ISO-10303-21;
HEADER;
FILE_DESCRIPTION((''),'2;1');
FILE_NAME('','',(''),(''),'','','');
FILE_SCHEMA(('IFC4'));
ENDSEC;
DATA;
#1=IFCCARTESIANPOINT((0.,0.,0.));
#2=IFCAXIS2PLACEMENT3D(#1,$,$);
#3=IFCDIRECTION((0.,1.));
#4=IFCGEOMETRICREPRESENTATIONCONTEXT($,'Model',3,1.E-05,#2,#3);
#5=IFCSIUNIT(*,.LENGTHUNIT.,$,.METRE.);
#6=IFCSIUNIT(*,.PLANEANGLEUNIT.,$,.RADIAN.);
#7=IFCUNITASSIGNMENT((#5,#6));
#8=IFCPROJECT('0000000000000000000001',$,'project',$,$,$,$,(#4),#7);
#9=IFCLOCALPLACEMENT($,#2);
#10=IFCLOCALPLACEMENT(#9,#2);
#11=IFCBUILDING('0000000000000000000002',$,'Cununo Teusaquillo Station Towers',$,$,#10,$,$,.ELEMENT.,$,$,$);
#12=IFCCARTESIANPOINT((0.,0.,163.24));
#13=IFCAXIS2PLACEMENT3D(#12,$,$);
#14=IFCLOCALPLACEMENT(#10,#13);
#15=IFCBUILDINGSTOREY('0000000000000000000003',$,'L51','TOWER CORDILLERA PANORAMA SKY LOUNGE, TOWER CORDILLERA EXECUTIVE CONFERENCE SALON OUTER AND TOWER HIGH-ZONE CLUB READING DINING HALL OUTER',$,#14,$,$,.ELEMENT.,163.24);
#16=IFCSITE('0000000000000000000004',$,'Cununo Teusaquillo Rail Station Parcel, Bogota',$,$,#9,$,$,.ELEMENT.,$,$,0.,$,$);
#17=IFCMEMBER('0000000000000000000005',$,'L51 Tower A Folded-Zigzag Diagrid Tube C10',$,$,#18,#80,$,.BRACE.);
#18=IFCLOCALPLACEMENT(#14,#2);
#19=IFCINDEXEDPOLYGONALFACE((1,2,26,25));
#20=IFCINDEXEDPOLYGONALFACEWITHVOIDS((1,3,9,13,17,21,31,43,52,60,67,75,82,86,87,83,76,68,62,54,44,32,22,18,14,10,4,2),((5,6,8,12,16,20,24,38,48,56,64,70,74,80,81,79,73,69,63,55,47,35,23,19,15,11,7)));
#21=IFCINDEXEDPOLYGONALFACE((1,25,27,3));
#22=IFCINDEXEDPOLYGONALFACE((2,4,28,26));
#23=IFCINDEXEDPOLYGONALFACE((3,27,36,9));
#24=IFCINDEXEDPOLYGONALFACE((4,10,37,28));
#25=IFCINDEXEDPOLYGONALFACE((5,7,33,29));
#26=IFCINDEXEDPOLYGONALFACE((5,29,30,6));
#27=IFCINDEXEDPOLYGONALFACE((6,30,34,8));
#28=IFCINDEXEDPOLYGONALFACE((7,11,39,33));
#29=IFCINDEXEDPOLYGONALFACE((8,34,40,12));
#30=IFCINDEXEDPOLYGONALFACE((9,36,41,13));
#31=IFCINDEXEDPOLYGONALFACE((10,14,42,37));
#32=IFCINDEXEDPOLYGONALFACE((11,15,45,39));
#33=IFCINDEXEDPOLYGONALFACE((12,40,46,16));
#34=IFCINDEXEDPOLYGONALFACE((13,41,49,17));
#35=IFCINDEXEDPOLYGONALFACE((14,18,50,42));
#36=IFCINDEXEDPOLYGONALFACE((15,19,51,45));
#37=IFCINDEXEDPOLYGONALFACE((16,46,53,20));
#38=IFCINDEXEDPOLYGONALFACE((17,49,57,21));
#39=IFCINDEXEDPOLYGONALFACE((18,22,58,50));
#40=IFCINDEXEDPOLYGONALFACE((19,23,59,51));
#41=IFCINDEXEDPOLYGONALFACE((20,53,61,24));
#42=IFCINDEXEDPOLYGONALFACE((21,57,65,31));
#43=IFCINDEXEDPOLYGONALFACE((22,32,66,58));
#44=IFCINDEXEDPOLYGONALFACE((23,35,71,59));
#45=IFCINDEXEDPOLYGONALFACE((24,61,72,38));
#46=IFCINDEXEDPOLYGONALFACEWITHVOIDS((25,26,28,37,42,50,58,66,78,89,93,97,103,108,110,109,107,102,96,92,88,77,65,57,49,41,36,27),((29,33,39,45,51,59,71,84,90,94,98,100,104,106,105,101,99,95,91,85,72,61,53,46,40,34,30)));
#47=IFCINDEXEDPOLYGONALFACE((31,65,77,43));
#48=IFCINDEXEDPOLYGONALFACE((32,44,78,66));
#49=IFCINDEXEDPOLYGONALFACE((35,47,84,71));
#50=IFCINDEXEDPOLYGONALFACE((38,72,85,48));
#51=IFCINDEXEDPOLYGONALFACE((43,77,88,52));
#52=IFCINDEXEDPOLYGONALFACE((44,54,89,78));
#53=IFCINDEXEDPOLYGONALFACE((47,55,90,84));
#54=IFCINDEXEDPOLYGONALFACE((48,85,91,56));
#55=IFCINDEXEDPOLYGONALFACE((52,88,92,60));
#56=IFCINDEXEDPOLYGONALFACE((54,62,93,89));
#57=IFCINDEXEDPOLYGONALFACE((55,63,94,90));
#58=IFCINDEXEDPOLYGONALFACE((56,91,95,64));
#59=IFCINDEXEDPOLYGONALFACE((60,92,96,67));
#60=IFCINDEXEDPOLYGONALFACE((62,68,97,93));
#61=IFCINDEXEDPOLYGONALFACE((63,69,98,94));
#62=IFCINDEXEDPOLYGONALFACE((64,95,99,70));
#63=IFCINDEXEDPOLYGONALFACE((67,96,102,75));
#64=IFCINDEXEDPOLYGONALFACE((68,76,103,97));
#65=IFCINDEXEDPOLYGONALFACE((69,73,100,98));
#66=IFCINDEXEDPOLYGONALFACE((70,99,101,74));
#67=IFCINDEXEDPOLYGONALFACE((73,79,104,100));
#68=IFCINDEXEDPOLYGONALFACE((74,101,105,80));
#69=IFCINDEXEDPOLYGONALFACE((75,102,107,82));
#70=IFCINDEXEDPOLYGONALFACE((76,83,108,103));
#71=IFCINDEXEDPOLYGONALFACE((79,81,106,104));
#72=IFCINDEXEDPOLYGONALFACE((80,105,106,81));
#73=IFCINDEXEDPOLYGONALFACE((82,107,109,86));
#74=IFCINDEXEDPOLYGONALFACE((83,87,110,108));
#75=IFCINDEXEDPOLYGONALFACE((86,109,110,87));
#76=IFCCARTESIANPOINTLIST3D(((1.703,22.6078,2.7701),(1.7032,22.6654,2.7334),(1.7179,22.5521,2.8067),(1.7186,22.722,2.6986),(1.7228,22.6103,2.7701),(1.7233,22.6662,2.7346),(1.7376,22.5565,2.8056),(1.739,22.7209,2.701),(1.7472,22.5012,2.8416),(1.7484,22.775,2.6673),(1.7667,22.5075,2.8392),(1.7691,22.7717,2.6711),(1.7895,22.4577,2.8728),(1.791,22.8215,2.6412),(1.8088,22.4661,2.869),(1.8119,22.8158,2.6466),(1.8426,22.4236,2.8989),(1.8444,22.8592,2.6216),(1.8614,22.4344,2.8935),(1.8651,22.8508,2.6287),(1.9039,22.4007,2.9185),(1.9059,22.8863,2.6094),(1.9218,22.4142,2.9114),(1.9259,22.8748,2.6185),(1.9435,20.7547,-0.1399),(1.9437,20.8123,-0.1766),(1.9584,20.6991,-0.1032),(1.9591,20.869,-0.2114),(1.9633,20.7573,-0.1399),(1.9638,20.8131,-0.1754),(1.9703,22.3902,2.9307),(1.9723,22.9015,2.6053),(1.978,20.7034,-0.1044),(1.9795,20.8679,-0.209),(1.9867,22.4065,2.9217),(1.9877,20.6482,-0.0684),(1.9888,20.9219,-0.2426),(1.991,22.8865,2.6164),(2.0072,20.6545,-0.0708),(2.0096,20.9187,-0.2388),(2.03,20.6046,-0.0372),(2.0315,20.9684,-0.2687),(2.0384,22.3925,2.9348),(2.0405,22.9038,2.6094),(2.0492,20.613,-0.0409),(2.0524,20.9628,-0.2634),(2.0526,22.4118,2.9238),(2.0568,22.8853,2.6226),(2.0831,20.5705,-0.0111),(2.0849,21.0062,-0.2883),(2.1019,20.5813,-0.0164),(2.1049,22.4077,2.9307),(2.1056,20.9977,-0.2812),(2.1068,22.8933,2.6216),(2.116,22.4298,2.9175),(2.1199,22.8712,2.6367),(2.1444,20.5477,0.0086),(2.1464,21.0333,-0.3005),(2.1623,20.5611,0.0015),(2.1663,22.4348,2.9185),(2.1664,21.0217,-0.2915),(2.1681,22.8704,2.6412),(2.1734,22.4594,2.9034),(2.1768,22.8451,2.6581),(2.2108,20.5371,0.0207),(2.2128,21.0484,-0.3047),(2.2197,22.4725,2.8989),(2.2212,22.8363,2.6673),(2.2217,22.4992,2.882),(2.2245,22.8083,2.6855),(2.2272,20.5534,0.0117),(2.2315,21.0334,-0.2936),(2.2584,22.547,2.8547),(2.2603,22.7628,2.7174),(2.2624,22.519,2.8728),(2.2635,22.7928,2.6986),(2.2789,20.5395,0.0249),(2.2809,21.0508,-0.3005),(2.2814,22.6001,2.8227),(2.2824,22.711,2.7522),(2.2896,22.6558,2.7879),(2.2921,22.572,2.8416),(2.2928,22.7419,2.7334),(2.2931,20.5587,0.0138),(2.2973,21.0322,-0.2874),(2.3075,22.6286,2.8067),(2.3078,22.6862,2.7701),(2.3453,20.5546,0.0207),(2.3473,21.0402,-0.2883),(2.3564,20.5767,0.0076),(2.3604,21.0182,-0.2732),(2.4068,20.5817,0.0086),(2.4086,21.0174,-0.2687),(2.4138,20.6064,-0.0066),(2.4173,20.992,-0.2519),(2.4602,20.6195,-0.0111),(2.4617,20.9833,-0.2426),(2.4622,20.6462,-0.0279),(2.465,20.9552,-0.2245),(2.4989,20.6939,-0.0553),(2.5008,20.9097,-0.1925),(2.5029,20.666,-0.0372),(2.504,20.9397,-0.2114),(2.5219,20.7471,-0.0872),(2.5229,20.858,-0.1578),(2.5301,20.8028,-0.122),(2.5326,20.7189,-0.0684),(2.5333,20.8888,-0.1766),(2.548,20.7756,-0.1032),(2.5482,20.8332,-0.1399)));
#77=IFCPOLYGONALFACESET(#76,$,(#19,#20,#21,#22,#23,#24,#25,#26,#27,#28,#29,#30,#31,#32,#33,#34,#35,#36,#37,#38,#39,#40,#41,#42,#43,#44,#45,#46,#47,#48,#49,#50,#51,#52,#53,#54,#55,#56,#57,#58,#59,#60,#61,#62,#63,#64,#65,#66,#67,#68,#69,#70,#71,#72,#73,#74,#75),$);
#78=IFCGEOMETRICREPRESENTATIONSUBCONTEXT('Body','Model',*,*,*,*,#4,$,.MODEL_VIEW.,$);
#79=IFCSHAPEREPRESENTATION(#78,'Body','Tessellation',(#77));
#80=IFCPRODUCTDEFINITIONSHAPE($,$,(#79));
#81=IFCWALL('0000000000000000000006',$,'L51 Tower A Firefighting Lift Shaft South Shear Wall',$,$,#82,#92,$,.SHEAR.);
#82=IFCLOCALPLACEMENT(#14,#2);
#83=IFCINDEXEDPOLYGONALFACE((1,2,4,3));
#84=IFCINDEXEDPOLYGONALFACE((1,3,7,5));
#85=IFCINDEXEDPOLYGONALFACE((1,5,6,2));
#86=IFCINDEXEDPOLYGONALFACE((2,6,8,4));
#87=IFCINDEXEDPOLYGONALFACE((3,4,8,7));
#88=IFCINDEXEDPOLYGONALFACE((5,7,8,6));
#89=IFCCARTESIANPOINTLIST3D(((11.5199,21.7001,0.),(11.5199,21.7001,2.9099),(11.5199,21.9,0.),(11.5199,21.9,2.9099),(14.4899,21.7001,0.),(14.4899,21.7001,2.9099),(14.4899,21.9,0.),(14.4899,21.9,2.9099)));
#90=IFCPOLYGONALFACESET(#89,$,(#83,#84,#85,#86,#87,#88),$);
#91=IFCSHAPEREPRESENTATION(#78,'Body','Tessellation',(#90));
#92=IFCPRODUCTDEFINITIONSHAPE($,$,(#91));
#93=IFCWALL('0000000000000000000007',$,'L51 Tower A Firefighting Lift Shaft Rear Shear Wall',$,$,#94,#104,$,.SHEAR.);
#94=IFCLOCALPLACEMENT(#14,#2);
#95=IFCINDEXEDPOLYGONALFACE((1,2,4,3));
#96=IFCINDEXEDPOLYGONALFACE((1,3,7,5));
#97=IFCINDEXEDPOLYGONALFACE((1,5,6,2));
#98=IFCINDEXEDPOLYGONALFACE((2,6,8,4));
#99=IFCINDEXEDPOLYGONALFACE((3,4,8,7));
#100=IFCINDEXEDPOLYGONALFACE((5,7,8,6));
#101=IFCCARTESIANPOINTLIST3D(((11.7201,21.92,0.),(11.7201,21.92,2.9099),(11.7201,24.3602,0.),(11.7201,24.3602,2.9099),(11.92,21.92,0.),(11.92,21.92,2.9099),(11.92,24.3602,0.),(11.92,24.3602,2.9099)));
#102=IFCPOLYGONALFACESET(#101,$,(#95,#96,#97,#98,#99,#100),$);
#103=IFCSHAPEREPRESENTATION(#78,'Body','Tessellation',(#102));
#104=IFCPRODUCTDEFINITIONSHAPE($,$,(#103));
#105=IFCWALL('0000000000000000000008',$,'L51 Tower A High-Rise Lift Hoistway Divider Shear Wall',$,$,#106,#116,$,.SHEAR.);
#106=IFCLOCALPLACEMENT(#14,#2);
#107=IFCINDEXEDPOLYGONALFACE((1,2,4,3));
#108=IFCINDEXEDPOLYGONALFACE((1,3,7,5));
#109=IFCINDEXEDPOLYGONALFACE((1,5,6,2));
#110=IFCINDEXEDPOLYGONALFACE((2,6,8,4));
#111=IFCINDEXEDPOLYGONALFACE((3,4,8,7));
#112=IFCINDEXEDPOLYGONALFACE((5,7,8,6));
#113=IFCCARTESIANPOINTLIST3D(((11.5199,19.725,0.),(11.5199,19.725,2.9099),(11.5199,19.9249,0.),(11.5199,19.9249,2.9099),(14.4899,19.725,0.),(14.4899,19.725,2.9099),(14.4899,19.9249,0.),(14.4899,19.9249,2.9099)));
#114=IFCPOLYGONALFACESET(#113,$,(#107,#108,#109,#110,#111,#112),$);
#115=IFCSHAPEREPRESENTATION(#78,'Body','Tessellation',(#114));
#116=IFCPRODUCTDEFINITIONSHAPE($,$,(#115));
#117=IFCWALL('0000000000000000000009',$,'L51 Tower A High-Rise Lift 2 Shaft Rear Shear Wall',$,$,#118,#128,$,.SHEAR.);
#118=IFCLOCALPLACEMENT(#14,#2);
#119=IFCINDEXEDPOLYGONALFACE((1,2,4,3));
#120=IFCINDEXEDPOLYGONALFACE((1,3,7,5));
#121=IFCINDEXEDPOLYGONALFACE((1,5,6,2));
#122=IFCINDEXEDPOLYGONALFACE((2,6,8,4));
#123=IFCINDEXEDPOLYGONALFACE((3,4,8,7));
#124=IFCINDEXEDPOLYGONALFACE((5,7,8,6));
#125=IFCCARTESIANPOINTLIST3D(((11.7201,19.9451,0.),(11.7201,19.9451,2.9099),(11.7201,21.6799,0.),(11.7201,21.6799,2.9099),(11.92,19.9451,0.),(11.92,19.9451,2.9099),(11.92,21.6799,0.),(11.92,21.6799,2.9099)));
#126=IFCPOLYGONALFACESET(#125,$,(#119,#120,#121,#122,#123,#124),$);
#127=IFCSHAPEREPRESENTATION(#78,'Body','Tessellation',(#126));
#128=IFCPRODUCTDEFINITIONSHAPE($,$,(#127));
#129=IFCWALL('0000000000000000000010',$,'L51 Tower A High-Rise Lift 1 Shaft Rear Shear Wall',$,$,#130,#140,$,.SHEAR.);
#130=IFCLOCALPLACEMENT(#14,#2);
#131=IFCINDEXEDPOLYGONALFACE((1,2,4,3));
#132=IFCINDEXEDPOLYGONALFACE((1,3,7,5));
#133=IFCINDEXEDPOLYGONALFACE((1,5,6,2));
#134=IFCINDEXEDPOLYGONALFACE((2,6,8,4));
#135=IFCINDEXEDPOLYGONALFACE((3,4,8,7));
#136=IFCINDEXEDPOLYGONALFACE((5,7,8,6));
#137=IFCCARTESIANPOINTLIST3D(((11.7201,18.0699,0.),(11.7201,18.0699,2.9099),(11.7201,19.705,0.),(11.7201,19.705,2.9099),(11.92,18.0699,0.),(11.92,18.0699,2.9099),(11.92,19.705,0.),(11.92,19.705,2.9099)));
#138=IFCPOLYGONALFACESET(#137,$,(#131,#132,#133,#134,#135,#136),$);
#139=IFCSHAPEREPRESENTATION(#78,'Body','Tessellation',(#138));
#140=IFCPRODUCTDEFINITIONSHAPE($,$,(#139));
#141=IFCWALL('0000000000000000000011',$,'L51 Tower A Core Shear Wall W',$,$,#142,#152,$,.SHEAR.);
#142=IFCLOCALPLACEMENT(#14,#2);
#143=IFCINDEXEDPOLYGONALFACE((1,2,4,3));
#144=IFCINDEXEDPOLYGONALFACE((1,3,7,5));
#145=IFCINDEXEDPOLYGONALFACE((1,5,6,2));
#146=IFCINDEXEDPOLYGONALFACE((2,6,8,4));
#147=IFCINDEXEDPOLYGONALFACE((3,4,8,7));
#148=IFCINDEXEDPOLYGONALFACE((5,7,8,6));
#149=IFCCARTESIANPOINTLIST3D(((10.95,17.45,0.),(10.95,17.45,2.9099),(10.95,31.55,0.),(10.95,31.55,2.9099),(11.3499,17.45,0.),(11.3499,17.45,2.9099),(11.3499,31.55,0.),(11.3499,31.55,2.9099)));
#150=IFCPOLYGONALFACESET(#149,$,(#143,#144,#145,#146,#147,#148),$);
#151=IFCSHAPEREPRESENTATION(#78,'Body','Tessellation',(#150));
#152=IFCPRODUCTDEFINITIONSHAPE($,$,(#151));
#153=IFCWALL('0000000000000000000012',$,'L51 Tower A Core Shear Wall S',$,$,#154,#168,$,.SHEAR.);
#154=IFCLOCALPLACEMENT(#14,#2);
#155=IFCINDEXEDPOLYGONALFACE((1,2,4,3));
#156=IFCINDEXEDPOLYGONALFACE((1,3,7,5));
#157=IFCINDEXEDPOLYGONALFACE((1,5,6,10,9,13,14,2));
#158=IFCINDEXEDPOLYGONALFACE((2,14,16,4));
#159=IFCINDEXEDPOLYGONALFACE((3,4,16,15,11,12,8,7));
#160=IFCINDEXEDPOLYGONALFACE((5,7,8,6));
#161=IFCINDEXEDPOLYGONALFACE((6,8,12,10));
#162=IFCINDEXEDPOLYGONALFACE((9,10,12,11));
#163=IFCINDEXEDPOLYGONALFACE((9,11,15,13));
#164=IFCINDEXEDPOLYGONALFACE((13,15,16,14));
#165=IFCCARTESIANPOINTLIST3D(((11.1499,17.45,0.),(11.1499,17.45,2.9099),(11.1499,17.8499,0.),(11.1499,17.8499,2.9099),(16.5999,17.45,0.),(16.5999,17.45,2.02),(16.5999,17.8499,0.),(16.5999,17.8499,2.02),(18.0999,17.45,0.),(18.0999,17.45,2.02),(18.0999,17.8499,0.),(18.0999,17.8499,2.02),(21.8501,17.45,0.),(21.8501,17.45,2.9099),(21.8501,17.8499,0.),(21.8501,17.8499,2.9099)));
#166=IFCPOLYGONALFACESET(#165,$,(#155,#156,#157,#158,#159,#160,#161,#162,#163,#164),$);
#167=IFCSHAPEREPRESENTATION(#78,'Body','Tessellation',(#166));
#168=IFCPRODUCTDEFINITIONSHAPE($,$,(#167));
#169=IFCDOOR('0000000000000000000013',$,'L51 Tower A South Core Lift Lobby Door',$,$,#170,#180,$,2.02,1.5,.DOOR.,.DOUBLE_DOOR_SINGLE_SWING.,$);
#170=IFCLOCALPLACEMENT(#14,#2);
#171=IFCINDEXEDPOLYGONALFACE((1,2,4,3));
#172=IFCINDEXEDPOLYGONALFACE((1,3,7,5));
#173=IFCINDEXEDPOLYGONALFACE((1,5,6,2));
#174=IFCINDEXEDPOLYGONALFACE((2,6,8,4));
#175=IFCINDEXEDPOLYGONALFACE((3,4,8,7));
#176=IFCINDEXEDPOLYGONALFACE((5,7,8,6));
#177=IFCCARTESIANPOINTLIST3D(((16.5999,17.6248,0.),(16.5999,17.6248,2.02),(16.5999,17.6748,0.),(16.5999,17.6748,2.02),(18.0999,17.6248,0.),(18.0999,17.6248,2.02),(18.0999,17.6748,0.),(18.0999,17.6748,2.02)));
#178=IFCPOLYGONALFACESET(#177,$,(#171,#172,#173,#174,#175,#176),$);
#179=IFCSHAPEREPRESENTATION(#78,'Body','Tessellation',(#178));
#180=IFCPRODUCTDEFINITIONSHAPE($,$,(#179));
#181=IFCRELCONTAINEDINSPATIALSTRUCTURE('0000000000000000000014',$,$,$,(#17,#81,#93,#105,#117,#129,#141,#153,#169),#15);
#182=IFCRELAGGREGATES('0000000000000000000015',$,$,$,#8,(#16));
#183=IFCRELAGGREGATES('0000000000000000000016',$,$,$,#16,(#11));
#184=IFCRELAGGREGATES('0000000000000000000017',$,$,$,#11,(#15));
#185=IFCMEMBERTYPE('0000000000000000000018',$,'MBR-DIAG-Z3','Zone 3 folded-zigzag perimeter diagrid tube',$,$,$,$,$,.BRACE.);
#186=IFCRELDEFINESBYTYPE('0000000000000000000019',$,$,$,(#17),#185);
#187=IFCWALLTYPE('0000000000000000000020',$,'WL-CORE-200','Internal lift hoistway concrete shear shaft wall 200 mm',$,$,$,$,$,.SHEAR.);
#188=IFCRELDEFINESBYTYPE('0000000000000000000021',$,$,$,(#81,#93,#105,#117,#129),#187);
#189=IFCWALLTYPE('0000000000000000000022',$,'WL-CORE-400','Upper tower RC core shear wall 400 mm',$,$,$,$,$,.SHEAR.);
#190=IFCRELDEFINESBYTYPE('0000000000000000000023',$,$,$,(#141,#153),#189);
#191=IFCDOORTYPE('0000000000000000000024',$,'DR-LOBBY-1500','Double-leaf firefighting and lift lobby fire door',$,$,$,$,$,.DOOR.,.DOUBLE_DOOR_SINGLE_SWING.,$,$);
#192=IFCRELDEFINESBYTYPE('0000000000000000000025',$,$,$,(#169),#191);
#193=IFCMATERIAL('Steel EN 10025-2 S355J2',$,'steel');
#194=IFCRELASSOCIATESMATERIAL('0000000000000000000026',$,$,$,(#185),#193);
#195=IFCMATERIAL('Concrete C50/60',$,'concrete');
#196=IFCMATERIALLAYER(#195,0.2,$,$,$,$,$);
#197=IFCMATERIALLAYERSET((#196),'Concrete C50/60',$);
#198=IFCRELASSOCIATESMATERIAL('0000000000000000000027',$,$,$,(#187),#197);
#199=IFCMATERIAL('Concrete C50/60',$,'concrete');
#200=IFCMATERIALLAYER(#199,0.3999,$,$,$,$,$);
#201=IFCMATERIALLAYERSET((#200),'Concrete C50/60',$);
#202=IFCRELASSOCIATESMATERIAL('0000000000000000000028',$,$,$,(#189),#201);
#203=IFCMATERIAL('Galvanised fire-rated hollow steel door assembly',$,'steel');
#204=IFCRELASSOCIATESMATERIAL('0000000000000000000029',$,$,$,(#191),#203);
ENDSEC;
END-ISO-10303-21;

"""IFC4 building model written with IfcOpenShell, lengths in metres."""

from ifc_helpers import new_model, si_unit, direction, frame, frame_2d, origin, origin_2d, place, context, subcontext, project, spatial, rectangle, hollow_circle, extrude, source, transform, mapped, material, layer, layer_set, material_profile, profile_set, type_object, element, fill, save


model = new_model("IFC4")

# Units and contexts
model_context = context("Model", 3, precision=1e-05, world=origin(), true_north=direction((0.0, 1.0)))
body_context = subcontext(model_context, "Body", "Model", "MODEL_VIEW")
ifc_project = project(units=[si_unit("LENGTHUNIT", "METRE"), si_unit("PLANEANGLEUNIT", "RADIAN")], contexts=[model_context])

# Site, building, storey
site_placement = place(None, origin())
site = spatial("IfcSite", under=ifc_project, at=site_placement, Name="Cununo Teusaquillo Rail Station Parcel, Bogota", CompositionType="ELEMENT", RefElevation=0.0)
building_placement = place(site_placement, origin())
building = spatial("IfcBuilding", under=site, at=building_placement, Name="Cununo Teusaquillo Station Towers", CompositionType="ELEMENT")
storey_placement = place(building_placement, frame((0.0, 0.0, 163.24)))
storey = spatial("IfcBuildingStorey", under=building, at=storey_placement, Name="L51", Description="TOWER CORDILLERA PANORAMA SKY LOUNGE, TOWER CORDILLERA EXECUTIVE CONFERENCE SALON OUTER AND TOWER HIGH-ZONE CLUB READING DINING HALL OUTER", CompositionType="ELEMENT", Elevation=163.24)

# Member
ifc_material_1 = material(Name="Steel EN 10025-2 S355J2", Category="steel")
ifc_material_profile_1 = material_profile(ifc_material_1, hollow_circle(Radius=0.3049, WallThickness=0.02, at=origin_2d()), Name="CHS 610x20")
ifc_profile_set_1 = profile_set([ifc_material_profile_1], Name="Steel EN 10025-2 S355J2")
member_type = type_object("IfcMemberType", Name="MBR-DIAG-Z3", Description="Zone 3 folded-zigzag perimeter diagrid tube", PredefinedType="BRACE", material=ifc_profile_set_1)
member_placement = place(storey_placement, frame((2.2458, 20.7939, -0.1399), z_axis=(-0.069539, 0.535836, 0.841453), x_axis=(-0.991684, -0.128697, 0.0)))
element("IfcMember", 1, at=member_placement, inside=storey, type_object=member_type, Name="L51 Tower A Folded-Zigzag Diagrid Tube C10", PredefinedType="BRACE", context=body_context, shape_type="SweptSolid", body=[
    extrude(hollow_circle(Radius=0.3049, WallThickness=0.02, at=origin_2d()), origin(), (0.0, 0.0, 1.0), 3.4583),
])

# Walls
ifc_material_2 = material(Name="Concrete C50/60", Category="concrete")
ifc_layer_1 = layer(ifc_material_2, 0.2)
ifc_layer_set_1 = layer_set([ifc_layer_1], Name="Concrete C50/60")
wall_type_1 = type_object("IfcWallType", Name="WL-CORE-200", Description="Internal lift hoistway concrete shear shaft wall 200 mm", PredefinedType="SHEAR", material=ifc_layer_set_1)
wall_1_placement = place(storey_placement, frame((11.52, 21.8, 0.0), z_axis=(0.0, 0.0, 1.0), x_axis=(1.0, 0.0, 0.0)))
element("IfcWall", 2, at=wall_1_placement, inside=storey, type_object=wall_type_1, Name="L51 Tower A Firefighting Lift Shaft South Shear Wall", PredefinedType="SHEAR", context=body_context, shape_type="SweptSolid", body=[
    extrude(rectangle(XDim=2.97, YDim=0.2, at=frame_2d((1.4849, 0.0))), origin(), (0.0, 0.0, 1.0), 2.9099),
])
wall_2_placement = place(storey_placement, frame((11.8201, 21.9199, 0.0), z_axis=(0.0, 0.0, 1.0), x_axis=(0.0, 1.0, 0.0)))
element("IfcWall", 3, at=wall_2_placement, inside=storey, type_object=wall_type_1, Name="L51 Tower A Firefighting Lift Shaft Rear Shear Wall", PredefinedType="SHEAR", context=body_context, shape_type="SweptSolid", body=[
    extrude(rectangle(XDim=2.4402, YDim=0.2, at=frame_2d((1.2202, 0.0))), origin(), (0.0, 0.0, 1.0), 2.9099),
])
wall_3_placement = place(storey_placement, frame((11.52, 19.825, 0.0), z_axis=(0.0, 0.0, 1.0), x_axis=(1.0, 0.0, 0.0)))
element("IfcWall", 4, at=wall_3_placement, inside=storey, type_object=wall_type_1, Name="L51 Tower A High-Rise Lift Hoistway Divider Shear Wall", PredefinedType="SHEAR", context=body_context, shape_type="SweptSolid", body=[
    extrude(rectangle(XDim=2.97, YDim=0.2, at=frame_2d((1.4849, 0.0))), origin(), (0.0, 0.0, 1.0), 2.9099),
])
wall_4_placement = place(storey_placement, frame((11.8201, 19.9451, 0.0), z_axis=(0.0, 0.0, 1.0), x_axis=(0.0, 1.0, 0.0)))
element("IfcWall", 5, at=wall_4_placement, inside=storey, type_object=wall_type_1, Name="L51 Tower A High-Rise Lift 2 Shaft Rear Shear Wall", PredefinedType="SHEAR", context=body_context, shape_type="SweptSolid", body=[
    extrude(rectangle(XDim=1.7349, YDim=0.2, at=frame_2d((0.8674, 0.0))), origin(), (0.0, 0.0, 1.0), 2.9099),
])
wall_5_placement = place(storey_placement, frame((11.8201, 18.0701, 0.0), z_axis=(0.0, 0.0, 1.0), x_axis=(0.0, 1.0, 0.0)))
element("IfcWall", 6, at=wall_5_placement, inside=storey, type_object=wall_type_1, Name="L51 Tower A High-Rise Lift 1 Shaft Rear Shear Wall", PredefinedType="SHEAR", context=body_context, shape_type="SweptSolid", body=[
    extrude(rectangle(XDim=1.635, YDim=0.2, at=frame_2d((0.8174, 0.0))), origin(), (0.0, 0.0, 1.0), 2.9099),
])
ifc_material_3 = material(Name="Concrete C50/60", Category="concrete")
ifc_layer_2 = layer(ifc_material_3, 0.3999)
ifc_layer_set_2 = layer_set([ifc_layer_2], Name="Concrete C50/60")
wall_type_2 = type_object("IfcWallType", Name="WL-CORE-400", Description="Upper tower RC core shear wall 400 mm", PredefinedType="SHEAR", material=ifc_layer_set_2)
wall_6_placement = place(storey_placement, frame((11.1499, 17.45, 0.0), z_axis=(0.0, 0.0, 1.0), x_axis=(0.0, 1.0, 0.0)))
element("IfcWall", 7, at=wall_6_placement, inside=storey, type_object=wall_type_2, Name="L51 Tower A Core Shear Wall W", PredefinedType="SHEAR", context=body_context, shape_type="SweptSolid", body=[
    extrude(rectangle(XDim=14.1001, YDim=0.3999, at=frame_2d((7.05, 0.0))), origin(), (0.0, 0.0, 1.0), 2.9099),
])

# Wall, opening, door
wall_7_placement = place(storey_placement, frame((11.1499, 17.6499, 0.0), z_axis=(0.0, 0.0, 1.0), x_axis=(1.0, 0.0, 0.0)))
wall_7 = element("IfcWall", 8, at=wall_7_placement, inside=storey, type_object=wall_type_2, Name="L51 Tower A Core Shear Wall S", PredefinedType="SHEAR", context=body_context, shape_type="SweptSolid", body=[
    extrude(rectangle(XDim=10.7002, YDim=0.3999, at=frame_2d((5.3501, 0.0))), origin(), (0.0, 0.0, 1.0), 2.9099),
])
shared_shape_1 = source(origin(), body_context, "Body", "SweptSolid", [
    extrude(rectangle(XDim=1.5, YDim=2.02, at=frame_2d((0.75, 1.01))), frame((0.0, 0.21, 0.0), z_axis=(0.0, -1.0, 0.0), x_axis=(1.0, 0.0, 0.0)), (0.0, 0.0, 1.0), 0.4199),
])
opening_1_placement = place(wall_7_placement, frame((5.45, 0.0, 0.0)))
opening_1 = element("IfcOpeningElement", 9, at=opening_1_placement, cuts=wall_7, PredefinedType="OPENING", context=body_context, shape_type="MappedRepresentation", body=[
    mapped(shared_shape_1, transform((0.0, 0.0, 0.0), x_axis=(1.0, 0.0, 0.0), y_axis=(0.0, 1.0, 0.0), z_axis=(0.0, 0.0, 1.0), scale=1.0)),
])
ifc_material_4 = material(Name="Galvanised fire-rated hollow steel door assembly", Category="steel")
door_type = type_object("IfcDoorType", Name="DR-LOBBY-1500", Description="Double-leaf firefighting and lift lobby fire door", OperationType="DOUBLE_DOOR_SINGLE_SWING", PredefinedType="DOOR", material=ifc_material_4)
shared_shape_2 = source(origin(), body_context, "Body", "SweptSolid", [
    extrude(rectangle(XDim=1.5, YDim=2.02, at=frame_2d((0.75, 1.01))), frame((0.0, 0.0249, 0.0), z_axis=(0.0, -1.0, 0.0), x_axis=(1.0, 0.0, 0.0)), (0.0, 0.0, 1.0), 0.05),
])
door_placement = place(opening_1_placement, origin())
door = element("IfcDoor", 10, at=door_placement, inside=storey, type_object=door_type, Name="L51 Tower A South Core Lift Lobby Door", OperationType="DOUBLE_DOOR_SINGLE_SWING", OverallHeight=2.02, OverallWidth=1.5, PredefinedType="DOOR", context=body_context, shape_type="MappedRepresentation", body=[
    mapped(shared_shape_2, transform((0.0, 0.0, 0.0), x_axis=(1.0, 0.0, 0.0), y_axis=(0.0, 1.0, 0.0), z_axis=(0.0, 0.0, 1.0), scale=1.0)),
])
fill(opening_1, door)

save(model, "model.ifc")
